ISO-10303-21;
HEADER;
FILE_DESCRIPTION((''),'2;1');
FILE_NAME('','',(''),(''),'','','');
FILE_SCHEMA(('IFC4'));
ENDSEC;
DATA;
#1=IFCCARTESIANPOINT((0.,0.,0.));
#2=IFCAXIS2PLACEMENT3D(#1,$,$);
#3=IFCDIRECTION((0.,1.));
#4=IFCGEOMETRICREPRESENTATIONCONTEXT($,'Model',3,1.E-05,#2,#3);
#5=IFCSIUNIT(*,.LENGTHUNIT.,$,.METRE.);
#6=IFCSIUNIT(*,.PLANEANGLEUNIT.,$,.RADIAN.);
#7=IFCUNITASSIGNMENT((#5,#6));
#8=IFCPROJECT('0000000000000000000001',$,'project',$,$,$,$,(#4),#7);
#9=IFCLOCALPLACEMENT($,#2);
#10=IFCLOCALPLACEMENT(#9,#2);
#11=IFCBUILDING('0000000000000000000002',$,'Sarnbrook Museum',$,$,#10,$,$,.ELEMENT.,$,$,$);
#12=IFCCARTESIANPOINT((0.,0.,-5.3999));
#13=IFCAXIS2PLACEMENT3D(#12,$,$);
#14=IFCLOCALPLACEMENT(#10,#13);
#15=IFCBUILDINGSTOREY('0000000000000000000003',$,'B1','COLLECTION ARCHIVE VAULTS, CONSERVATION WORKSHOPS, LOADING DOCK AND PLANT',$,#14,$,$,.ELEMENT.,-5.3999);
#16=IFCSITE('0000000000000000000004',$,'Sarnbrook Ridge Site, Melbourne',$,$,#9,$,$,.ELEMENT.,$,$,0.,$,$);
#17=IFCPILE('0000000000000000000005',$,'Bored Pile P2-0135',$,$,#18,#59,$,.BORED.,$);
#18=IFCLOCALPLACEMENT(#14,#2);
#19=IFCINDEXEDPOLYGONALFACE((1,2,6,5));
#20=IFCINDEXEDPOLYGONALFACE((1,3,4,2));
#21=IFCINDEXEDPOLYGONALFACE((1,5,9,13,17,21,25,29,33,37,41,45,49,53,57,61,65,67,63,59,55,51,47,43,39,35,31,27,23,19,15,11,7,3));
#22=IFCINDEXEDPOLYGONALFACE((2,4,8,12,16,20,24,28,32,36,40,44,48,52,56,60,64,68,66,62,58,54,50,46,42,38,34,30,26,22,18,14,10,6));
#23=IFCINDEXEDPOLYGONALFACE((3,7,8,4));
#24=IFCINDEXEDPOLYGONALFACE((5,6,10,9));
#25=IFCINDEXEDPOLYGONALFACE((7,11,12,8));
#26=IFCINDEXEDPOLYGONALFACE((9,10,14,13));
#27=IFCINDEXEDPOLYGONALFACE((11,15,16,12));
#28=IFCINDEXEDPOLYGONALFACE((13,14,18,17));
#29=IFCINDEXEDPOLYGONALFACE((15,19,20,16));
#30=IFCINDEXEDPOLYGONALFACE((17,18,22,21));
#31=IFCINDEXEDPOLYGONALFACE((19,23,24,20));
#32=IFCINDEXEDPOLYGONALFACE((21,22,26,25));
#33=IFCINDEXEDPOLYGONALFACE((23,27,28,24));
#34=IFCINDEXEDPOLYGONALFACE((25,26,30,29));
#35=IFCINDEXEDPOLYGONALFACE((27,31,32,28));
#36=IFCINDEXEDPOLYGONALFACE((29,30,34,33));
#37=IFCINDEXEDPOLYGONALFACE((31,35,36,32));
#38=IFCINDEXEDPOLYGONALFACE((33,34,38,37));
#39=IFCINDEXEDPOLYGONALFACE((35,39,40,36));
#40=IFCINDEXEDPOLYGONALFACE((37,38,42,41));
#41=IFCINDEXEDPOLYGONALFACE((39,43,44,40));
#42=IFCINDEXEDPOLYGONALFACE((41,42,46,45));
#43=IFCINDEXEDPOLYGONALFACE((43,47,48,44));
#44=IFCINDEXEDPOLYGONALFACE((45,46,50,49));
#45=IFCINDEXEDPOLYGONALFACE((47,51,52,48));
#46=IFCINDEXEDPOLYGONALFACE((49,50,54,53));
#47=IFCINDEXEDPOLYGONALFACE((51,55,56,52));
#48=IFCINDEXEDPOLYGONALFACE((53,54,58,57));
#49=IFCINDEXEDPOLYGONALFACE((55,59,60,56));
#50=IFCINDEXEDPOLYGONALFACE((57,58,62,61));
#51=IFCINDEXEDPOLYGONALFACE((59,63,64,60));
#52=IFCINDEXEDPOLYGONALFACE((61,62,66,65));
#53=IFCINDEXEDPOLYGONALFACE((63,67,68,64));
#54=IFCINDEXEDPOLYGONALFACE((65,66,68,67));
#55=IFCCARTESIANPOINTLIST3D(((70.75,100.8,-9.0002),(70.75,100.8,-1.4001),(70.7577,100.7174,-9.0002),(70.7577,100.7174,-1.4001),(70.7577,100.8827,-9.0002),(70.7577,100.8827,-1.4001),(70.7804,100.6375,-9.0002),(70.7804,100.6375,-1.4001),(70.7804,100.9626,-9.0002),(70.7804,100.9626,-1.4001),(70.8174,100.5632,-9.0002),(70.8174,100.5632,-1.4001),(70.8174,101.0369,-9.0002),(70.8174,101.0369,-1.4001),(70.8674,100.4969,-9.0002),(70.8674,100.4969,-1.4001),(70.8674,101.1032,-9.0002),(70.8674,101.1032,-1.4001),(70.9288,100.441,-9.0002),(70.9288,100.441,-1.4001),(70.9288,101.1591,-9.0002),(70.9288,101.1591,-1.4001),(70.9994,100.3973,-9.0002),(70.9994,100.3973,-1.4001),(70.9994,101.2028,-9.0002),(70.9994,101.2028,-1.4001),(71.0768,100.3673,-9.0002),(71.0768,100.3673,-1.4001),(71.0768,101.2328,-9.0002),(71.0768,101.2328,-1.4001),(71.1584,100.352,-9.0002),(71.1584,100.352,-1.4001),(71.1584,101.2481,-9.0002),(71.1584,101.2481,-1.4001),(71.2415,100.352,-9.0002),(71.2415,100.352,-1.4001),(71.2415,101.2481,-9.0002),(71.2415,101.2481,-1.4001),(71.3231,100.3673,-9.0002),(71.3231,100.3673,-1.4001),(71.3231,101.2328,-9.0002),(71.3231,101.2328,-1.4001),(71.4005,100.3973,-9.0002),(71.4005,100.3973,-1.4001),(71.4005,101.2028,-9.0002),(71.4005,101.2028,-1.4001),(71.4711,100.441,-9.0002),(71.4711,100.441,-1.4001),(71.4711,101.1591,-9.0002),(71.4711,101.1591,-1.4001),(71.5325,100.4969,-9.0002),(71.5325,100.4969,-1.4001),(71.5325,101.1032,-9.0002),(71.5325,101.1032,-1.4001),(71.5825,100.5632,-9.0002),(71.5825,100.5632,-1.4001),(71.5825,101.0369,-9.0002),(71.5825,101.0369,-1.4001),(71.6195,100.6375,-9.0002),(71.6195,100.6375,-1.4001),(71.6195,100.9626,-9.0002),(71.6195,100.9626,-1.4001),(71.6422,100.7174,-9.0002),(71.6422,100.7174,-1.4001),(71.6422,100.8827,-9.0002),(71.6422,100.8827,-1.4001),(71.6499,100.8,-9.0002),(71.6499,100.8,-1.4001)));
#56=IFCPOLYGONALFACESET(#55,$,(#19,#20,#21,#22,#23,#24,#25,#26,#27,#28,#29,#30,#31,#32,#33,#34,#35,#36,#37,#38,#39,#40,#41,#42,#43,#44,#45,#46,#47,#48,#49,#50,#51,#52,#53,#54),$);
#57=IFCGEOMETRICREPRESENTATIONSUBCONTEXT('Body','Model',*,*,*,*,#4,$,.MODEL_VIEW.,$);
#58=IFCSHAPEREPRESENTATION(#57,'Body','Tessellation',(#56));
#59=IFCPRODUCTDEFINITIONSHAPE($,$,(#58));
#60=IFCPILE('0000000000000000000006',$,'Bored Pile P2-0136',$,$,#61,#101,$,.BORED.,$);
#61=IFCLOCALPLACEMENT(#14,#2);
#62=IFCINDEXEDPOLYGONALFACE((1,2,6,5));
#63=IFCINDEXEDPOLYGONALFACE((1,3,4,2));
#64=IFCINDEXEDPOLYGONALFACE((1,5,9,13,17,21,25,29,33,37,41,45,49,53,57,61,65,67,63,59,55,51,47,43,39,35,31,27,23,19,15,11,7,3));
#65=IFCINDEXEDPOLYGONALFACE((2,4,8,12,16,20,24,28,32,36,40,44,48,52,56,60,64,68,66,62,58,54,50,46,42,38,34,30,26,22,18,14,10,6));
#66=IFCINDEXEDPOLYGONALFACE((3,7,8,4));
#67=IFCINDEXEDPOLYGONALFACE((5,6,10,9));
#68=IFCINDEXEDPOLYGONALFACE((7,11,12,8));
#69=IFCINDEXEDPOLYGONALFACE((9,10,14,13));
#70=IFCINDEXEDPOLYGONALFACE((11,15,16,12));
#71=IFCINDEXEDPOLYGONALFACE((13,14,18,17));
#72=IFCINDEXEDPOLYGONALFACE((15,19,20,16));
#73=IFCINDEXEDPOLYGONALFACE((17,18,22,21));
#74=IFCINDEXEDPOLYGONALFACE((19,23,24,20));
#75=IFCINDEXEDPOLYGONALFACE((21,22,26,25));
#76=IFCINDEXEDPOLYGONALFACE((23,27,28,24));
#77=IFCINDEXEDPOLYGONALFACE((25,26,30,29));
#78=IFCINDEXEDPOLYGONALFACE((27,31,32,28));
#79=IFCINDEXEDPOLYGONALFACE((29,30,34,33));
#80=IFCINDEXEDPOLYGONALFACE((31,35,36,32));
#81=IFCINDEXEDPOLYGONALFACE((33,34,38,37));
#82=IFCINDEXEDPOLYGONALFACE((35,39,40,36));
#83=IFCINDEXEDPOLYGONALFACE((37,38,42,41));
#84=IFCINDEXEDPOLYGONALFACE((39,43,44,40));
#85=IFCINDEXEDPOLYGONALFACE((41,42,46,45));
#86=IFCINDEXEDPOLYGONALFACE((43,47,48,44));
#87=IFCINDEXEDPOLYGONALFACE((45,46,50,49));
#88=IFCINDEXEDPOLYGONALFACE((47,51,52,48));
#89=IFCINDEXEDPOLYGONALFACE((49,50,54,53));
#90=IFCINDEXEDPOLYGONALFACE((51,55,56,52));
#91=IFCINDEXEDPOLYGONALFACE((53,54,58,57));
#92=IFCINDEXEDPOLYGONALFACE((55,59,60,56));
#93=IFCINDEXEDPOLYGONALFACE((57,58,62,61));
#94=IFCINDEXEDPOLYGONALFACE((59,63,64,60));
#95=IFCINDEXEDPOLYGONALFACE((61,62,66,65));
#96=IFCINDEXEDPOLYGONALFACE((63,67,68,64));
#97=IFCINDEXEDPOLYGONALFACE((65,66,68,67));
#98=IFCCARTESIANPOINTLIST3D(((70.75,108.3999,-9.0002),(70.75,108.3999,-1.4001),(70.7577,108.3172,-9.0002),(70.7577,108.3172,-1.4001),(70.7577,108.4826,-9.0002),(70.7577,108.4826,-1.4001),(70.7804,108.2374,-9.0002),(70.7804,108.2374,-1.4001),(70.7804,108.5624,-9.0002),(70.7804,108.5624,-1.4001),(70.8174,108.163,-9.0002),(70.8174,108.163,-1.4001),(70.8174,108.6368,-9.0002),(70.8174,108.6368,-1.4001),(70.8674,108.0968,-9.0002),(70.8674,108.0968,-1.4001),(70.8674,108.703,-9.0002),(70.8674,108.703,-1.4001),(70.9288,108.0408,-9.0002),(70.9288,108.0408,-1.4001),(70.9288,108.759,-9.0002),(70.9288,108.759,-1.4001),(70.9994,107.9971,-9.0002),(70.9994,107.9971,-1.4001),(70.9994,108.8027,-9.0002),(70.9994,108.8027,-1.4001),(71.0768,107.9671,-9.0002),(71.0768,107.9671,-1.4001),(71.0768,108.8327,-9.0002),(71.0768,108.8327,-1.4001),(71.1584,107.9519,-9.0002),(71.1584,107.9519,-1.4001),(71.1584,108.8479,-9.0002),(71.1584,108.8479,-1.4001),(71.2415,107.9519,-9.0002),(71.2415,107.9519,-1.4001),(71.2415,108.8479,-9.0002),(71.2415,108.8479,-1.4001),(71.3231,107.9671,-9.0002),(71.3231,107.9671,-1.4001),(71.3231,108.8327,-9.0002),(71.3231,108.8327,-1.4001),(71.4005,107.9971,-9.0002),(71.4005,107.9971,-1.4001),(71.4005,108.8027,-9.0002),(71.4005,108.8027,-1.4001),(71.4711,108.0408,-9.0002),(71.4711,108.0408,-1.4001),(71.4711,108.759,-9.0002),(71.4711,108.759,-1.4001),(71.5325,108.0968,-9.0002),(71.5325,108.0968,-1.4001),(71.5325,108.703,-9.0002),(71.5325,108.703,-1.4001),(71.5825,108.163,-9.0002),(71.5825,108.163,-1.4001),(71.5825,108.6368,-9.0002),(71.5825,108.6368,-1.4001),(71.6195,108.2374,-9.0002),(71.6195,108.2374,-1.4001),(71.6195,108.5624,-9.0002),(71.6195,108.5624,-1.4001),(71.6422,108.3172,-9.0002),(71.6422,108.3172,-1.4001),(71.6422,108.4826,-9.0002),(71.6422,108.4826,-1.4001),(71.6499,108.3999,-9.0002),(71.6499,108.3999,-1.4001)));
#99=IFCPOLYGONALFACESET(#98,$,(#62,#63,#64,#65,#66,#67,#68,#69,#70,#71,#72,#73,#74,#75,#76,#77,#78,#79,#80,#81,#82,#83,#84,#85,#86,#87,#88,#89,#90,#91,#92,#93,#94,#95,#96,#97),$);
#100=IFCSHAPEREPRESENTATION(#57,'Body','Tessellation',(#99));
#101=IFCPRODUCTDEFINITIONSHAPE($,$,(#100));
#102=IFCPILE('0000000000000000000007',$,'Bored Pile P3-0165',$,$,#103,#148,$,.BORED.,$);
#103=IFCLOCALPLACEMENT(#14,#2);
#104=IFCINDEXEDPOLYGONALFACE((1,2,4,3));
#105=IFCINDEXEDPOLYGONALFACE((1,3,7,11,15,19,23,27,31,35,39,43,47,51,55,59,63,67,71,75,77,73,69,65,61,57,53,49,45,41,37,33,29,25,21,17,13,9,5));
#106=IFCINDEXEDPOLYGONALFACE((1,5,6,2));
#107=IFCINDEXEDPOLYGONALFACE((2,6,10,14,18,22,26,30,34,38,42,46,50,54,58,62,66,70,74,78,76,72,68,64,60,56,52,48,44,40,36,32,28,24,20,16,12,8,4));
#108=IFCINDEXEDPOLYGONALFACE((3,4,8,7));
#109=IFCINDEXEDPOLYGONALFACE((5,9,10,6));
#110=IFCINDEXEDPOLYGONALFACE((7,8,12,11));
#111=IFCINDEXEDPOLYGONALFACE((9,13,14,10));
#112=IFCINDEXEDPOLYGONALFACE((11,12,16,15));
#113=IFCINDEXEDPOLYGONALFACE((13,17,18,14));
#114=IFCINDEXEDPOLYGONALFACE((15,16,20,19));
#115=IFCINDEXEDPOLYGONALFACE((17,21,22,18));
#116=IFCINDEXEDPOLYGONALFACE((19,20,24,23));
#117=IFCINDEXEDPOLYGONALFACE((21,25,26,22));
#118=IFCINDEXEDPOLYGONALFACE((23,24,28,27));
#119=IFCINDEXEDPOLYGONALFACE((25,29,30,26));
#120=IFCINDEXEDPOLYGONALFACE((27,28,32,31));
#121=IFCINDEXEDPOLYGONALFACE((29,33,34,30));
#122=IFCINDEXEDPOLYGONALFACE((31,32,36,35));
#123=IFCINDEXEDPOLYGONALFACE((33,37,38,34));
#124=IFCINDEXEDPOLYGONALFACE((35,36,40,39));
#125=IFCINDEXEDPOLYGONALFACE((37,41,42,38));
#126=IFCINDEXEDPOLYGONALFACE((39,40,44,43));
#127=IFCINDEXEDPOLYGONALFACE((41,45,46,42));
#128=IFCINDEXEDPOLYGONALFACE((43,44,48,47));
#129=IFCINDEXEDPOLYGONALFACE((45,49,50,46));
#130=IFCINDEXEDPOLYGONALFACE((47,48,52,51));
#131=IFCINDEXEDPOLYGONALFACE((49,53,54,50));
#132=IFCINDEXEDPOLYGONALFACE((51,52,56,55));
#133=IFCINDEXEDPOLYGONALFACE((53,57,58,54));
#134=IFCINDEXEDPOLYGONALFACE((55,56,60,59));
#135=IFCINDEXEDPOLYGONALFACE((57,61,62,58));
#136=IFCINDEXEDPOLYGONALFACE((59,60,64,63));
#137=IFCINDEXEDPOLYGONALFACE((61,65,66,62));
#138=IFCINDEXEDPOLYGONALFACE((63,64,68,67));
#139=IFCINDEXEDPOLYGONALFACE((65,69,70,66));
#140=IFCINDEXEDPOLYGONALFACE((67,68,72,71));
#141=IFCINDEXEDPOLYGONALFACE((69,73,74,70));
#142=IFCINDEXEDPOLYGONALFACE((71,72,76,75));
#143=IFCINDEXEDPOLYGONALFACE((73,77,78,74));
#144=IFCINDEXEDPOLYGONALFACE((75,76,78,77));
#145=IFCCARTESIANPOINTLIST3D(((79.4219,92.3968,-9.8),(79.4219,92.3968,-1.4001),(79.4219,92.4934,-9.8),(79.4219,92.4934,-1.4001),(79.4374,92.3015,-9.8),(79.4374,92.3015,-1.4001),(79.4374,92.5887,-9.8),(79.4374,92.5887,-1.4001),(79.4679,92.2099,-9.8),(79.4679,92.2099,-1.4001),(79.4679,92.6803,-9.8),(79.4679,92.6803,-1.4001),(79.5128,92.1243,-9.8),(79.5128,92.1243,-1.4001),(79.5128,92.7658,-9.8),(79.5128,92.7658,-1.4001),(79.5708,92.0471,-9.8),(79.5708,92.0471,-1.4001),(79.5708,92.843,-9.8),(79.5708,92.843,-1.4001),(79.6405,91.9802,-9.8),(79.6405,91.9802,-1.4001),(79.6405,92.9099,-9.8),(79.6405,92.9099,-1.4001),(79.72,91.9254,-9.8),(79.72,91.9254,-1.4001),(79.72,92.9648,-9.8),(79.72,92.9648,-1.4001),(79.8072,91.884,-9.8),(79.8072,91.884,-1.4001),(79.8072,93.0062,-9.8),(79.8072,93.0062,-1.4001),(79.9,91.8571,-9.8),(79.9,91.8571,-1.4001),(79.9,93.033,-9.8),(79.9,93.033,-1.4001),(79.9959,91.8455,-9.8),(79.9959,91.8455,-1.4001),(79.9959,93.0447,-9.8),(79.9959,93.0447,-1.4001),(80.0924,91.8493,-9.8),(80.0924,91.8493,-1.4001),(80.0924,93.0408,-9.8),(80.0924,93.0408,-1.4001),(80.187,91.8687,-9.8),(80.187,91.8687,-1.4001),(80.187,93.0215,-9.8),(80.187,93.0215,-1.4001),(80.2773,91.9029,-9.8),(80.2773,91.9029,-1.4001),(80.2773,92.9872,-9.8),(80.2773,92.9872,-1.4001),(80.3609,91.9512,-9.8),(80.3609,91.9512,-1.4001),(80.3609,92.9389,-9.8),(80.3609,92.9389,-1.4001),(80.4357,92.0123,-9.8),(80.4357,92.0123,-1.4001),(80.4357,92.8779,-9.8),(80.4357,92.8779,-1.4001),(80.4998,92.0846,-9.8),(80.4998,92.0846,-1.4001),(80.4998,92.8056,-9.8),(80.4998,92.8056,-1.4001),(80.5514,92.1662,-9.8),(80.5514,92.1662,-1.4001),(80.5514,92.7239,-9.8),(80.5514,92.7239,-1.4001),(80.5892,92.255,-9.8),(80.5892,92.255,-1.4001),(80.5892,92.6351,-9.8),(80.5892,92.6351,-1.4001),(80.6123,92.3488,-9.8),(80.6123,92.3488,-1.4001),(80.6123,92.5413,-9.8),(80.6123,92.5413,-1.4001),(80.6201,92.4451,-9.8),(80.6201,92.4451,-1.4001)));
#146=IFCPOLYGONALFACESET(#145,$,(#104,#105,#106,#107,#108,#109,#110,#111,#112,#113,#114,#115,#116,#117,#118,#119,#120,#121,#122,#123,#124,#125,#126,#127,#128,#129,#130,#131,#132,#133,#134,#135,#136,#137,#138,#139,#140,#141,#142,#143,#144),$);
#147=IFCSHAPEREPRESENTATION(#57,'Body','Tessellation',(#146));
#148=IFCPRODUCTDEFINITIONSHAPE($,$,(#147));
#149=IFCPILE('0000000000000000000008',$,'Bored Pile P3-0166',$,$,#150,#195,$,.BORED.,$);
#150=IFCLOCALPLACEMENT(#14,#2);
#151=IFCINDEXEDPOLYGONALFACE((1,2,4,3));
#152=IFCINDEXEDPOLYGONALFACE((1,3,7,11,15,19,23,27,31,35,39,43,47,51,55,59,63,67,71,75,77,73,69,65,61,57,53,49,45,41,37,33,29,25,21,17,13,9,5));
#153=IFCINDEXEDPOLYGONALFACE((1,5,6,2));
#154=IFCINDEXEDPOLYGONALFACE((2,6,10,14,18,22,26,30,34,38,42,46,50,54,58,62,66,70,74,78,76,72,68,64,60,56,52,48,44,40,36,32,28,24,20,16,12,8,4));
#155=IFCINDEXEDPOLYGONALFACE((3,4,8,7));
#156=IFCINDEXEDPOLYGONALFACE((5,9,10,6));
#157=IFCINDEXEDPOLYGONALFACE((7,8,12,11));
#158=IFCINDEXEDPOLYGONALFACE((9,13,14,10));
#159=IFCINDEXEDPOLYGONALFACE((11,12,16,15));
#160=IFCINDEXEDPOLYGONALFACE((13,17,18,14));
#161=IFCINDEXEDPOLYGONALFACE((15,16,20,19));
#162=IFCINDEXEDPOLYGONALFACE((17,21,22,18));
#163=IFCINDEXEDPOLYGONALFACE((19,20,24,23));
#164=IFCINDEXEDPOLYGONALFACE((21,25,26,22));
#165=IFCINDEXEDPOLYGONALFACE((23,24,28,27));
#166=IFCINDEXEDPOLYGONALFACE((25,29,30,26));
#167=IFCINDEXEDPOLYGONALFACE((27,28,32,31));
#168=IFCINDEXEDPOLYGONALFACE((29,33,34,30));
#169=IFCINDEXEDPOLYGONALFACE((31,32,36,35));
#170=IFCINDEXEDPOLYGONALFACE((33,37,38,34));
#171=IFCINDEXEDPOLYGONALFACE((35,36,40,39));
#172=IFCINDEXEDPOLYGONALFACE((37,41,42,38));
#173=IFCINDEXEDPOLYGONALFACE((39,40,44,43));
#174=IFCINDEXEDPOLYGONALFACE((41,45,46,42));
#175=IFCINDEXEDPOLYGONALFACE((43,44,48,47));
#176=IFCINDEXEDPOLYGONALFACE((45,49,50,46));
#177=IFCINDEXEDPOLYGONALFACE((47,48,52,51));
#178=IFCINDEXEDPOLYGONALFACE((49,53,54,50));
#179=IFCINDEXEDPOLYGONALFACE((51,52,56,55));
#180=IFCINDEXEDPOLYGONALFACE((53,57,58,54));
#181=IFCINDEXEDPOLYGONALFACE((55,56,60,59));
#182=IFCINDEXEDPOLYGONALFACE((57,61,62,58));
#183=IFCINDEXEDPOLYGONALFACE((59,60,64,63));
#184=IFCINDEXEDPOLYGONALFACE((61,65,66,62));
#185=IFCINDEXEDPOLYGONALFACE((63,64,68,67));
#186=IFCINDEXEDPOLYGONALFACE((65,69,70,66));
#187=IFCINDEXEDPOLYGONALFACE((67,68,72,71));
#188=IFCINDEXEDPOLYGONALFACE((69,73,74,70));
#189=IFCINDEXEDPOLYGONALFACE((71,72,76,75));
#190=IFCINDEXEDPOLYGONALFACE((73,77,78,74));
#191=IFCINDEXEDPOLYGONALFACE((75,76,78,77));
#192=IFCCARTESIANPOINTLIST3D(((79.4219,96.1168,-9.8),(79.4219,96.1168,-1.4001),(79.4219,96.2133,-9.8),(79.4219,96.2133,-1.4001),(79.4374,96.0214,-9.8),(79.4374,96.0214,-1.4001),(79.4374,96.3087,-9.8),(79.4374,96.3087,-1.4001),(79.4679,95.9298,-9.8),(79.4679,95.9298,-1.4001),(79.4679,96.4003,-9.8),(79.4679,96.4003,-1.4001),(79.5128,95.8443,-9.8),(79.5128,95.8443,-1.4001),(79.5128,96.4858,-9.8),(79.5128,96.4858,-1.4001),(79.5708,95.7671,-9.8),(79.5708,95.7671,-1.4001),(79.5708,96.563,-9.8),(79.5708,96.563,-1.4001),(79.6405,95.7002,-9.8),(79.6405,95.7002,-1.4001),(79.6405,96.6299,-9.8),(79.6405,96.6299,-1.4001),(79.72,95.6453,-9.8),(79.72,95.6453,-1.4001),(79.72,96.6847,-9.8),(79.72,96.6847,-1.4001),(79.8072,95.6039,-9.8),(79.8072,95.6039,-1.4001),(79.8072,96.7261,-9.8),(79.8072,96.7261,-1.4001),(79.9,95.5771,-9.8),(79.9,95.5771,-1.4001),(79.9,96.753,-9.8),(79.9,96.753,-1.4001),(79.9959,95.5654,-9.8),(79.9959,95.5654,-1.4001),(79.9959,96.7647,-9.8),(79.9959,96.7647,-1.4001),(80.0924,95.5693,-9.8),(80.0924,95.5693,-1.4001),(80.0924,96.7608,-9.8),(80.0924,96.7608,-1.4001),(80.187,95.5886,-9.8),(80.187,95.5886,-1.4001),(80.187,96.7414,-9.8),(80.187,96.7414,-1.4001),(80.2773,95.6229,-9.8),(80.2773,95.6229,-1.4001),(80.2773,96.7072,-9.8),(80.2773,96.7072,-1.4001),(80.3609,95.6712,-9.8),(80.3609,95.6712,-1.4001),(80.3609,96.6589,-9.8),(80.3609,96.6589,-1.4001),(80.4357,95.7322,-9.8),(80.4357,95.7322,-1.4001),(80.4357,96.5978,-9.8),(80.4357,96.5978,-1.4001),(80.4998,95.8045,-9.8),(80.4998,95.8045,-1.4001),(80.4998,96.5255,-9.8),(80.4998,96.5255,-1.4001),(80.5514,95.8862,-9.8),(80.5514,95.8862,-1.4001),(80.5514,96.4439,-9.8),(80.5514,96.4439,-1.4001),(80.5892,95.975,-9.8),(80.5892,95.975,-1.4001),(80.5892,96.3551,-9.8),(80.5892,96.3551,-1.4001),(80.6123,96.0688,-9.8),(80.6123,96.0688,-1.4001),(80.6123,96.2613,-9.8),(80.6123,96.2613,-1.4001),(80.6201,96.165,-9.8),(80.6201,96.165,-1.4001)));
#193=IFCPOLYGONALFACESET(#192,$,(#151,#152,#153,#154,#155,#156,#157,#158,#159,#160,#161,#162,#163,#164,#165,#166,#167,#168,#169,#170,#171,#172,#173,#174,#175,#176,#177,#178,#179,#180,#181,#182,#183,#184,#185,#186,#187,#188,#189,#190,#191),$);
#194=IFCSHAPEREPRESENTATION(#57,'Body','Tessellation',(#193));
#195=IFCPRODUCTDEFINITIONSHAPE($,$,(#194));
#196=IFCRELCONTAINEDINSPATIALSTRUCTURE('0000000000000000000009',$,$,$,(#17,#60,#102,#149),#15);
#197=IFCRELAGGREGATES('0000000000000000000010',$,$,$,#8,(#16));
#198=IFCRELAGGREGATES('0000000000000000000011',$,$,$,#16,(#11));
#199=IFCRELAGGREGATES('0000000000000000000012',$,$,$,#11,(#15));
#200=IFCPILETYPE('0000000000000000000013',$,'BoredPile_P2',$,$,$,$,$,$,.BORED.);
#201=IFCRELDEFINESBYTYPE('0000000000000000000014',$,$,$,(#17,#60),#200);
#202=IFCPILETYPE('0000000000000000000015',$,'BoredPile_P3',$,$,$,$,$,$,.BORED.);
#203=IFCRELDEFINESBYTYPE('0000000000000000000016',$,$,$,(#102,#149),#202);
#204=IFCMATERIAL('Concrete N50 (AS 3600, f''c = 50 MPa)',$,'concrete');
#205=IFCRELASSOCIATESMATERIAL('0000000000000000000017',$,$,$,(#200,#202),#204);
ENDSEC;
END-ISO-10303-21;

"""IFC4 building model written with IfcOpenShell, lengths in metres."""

from ifc_helpers import new_model, si_unit, direction, frame, origin, origin_2d, place, context, subcontext, project, spatial, circle, extrude, material, material_profile, profile_set, type_object, element, save


model = new_model("IFC4")

# Units and contexts
model_context = context("Model", 3, precision=1e-05, world=origin(), true_north=direction((0.0, 1.0)))
body_context = subcontext(model_context, "Body", "Model", "MODEL_VIEW")
ifc_project = project(units=[si_unit("LENGTHUNIT", "METRE"), si_unit("PLANEANGLEUNIT", "RADIAN")], contexts=[model_context])

# Site, building, storey
site_placement = place(None, origin())
site = spatial("IfcSite", under=ifc_project, at=site_placement, Name="Sarnbrook Ridge Site, Melbourne", CompositionType="ELEMENT", RefElevation=0.0)
building_placement = place(site_placement, origin())
building = spatial("IfcBuilding", under=site, at=building_placement, Name="Sarnbrook Museum", CompositionType="ELEMENT")
storey_placement = place(building_placement, frame((0.0, 0.0, -5.3999)))
storey = spatial("IfcBuildingStorey", under=building, at=storey_placement, Name="B1", Description="COLLECTION ARCHIVE VAULTS, CONSERVATION WORKSHOPS, LOADING DOCK AND PLANT", CompositionType="ELEMENT", Elevation=-5.3999)

# Piles
ifc_material_1 = material(Name="Concrete N50 (AS 3600, f'c = 50 MPa)", Category="concrete")
ifc_material_profile_1 = material_profile(ifc_material_1, circle(Radius=0.45, at=origin_2d()), Name="BORED PILE D900")
ifc_profile_set_1 = profile_set([ifc_material_profile_1], Name="Concrete N50 (AS 3600, f'c = 50 MPa)")
pile_type_1 = type_object("IfcPileType", Name="BoredPile_P2", PredefinedType="BORED", material=ifc_profile_set_1)
for number, where, z_axis, x_axis, name in (
    (1, (71.2, 100.8, -1.4001), (0.0, 0.0, -1.0), (1.0, 0.0, 0.0), "Bored Pile P2-0135"),
    (2, (71.2, 108.3999, -1.4001), (0.0, 0.0, -1.0), (1.0, 0.0, 0.0), "Bored Pile P2-0136"),
):
    element("IfcPile", number, at=place(storey_placement, frame(where, z_axis=z_axis, x_axis=x_axis)), inside=storey, type_object=pile_type_1, Name=name, PredefinedType="BORED", context=body_context, shape_type="SweptSolid", body=[
        extrude(circle(Radius=0.45, at=origin_2d()), origin(), (0.0, 0.0, 1.0), 7.6001),
    ])
ifc_material_profile_2 = material_profile(ifc_material_1, circle(Radius=0.6001, at=origin_2d()), Name="BORED PILE D1200")
ifc_profile_set_2 = profile_set([ifc_material_profile_2], Name="Concrete N50 (AS 3600, f'c = 50 MPa)")
pile_type_2 = type_object("IfcPileType", Name="BoredPile_P3", PredefinedType="BORED", material=ifc_profile_set_2)
for number, where, z_axis, x_axis, name in (
    (3, (80.02, 92.4451, -1.4001), (0.0, 0.0, -1.0), (1.0, 0.0, 0.0), "Bored Pile P3-0165"),
    (4, (80.02, 96.165, -1.4001), (0.0, 0.0, -1.0), (1.0, 0.0, 0.0), "Bored Pile P3-0166"),
):
    element("IfcPile", number, at=place(storey_placement, frame(where, z_axis=z_axis, x_axis=x_axis)), inside=storey, type_object=pile_type_2, Name=name, PredefinedType="BORED", context=body_context, shape_type="SweptSolid", body=[
        extrude(circle(Radius=0.6001, at=origin_2d()), origin(), (0.0, 0.0, 1.0), 8.3999),
    ])

save(model, "model.ifc")
